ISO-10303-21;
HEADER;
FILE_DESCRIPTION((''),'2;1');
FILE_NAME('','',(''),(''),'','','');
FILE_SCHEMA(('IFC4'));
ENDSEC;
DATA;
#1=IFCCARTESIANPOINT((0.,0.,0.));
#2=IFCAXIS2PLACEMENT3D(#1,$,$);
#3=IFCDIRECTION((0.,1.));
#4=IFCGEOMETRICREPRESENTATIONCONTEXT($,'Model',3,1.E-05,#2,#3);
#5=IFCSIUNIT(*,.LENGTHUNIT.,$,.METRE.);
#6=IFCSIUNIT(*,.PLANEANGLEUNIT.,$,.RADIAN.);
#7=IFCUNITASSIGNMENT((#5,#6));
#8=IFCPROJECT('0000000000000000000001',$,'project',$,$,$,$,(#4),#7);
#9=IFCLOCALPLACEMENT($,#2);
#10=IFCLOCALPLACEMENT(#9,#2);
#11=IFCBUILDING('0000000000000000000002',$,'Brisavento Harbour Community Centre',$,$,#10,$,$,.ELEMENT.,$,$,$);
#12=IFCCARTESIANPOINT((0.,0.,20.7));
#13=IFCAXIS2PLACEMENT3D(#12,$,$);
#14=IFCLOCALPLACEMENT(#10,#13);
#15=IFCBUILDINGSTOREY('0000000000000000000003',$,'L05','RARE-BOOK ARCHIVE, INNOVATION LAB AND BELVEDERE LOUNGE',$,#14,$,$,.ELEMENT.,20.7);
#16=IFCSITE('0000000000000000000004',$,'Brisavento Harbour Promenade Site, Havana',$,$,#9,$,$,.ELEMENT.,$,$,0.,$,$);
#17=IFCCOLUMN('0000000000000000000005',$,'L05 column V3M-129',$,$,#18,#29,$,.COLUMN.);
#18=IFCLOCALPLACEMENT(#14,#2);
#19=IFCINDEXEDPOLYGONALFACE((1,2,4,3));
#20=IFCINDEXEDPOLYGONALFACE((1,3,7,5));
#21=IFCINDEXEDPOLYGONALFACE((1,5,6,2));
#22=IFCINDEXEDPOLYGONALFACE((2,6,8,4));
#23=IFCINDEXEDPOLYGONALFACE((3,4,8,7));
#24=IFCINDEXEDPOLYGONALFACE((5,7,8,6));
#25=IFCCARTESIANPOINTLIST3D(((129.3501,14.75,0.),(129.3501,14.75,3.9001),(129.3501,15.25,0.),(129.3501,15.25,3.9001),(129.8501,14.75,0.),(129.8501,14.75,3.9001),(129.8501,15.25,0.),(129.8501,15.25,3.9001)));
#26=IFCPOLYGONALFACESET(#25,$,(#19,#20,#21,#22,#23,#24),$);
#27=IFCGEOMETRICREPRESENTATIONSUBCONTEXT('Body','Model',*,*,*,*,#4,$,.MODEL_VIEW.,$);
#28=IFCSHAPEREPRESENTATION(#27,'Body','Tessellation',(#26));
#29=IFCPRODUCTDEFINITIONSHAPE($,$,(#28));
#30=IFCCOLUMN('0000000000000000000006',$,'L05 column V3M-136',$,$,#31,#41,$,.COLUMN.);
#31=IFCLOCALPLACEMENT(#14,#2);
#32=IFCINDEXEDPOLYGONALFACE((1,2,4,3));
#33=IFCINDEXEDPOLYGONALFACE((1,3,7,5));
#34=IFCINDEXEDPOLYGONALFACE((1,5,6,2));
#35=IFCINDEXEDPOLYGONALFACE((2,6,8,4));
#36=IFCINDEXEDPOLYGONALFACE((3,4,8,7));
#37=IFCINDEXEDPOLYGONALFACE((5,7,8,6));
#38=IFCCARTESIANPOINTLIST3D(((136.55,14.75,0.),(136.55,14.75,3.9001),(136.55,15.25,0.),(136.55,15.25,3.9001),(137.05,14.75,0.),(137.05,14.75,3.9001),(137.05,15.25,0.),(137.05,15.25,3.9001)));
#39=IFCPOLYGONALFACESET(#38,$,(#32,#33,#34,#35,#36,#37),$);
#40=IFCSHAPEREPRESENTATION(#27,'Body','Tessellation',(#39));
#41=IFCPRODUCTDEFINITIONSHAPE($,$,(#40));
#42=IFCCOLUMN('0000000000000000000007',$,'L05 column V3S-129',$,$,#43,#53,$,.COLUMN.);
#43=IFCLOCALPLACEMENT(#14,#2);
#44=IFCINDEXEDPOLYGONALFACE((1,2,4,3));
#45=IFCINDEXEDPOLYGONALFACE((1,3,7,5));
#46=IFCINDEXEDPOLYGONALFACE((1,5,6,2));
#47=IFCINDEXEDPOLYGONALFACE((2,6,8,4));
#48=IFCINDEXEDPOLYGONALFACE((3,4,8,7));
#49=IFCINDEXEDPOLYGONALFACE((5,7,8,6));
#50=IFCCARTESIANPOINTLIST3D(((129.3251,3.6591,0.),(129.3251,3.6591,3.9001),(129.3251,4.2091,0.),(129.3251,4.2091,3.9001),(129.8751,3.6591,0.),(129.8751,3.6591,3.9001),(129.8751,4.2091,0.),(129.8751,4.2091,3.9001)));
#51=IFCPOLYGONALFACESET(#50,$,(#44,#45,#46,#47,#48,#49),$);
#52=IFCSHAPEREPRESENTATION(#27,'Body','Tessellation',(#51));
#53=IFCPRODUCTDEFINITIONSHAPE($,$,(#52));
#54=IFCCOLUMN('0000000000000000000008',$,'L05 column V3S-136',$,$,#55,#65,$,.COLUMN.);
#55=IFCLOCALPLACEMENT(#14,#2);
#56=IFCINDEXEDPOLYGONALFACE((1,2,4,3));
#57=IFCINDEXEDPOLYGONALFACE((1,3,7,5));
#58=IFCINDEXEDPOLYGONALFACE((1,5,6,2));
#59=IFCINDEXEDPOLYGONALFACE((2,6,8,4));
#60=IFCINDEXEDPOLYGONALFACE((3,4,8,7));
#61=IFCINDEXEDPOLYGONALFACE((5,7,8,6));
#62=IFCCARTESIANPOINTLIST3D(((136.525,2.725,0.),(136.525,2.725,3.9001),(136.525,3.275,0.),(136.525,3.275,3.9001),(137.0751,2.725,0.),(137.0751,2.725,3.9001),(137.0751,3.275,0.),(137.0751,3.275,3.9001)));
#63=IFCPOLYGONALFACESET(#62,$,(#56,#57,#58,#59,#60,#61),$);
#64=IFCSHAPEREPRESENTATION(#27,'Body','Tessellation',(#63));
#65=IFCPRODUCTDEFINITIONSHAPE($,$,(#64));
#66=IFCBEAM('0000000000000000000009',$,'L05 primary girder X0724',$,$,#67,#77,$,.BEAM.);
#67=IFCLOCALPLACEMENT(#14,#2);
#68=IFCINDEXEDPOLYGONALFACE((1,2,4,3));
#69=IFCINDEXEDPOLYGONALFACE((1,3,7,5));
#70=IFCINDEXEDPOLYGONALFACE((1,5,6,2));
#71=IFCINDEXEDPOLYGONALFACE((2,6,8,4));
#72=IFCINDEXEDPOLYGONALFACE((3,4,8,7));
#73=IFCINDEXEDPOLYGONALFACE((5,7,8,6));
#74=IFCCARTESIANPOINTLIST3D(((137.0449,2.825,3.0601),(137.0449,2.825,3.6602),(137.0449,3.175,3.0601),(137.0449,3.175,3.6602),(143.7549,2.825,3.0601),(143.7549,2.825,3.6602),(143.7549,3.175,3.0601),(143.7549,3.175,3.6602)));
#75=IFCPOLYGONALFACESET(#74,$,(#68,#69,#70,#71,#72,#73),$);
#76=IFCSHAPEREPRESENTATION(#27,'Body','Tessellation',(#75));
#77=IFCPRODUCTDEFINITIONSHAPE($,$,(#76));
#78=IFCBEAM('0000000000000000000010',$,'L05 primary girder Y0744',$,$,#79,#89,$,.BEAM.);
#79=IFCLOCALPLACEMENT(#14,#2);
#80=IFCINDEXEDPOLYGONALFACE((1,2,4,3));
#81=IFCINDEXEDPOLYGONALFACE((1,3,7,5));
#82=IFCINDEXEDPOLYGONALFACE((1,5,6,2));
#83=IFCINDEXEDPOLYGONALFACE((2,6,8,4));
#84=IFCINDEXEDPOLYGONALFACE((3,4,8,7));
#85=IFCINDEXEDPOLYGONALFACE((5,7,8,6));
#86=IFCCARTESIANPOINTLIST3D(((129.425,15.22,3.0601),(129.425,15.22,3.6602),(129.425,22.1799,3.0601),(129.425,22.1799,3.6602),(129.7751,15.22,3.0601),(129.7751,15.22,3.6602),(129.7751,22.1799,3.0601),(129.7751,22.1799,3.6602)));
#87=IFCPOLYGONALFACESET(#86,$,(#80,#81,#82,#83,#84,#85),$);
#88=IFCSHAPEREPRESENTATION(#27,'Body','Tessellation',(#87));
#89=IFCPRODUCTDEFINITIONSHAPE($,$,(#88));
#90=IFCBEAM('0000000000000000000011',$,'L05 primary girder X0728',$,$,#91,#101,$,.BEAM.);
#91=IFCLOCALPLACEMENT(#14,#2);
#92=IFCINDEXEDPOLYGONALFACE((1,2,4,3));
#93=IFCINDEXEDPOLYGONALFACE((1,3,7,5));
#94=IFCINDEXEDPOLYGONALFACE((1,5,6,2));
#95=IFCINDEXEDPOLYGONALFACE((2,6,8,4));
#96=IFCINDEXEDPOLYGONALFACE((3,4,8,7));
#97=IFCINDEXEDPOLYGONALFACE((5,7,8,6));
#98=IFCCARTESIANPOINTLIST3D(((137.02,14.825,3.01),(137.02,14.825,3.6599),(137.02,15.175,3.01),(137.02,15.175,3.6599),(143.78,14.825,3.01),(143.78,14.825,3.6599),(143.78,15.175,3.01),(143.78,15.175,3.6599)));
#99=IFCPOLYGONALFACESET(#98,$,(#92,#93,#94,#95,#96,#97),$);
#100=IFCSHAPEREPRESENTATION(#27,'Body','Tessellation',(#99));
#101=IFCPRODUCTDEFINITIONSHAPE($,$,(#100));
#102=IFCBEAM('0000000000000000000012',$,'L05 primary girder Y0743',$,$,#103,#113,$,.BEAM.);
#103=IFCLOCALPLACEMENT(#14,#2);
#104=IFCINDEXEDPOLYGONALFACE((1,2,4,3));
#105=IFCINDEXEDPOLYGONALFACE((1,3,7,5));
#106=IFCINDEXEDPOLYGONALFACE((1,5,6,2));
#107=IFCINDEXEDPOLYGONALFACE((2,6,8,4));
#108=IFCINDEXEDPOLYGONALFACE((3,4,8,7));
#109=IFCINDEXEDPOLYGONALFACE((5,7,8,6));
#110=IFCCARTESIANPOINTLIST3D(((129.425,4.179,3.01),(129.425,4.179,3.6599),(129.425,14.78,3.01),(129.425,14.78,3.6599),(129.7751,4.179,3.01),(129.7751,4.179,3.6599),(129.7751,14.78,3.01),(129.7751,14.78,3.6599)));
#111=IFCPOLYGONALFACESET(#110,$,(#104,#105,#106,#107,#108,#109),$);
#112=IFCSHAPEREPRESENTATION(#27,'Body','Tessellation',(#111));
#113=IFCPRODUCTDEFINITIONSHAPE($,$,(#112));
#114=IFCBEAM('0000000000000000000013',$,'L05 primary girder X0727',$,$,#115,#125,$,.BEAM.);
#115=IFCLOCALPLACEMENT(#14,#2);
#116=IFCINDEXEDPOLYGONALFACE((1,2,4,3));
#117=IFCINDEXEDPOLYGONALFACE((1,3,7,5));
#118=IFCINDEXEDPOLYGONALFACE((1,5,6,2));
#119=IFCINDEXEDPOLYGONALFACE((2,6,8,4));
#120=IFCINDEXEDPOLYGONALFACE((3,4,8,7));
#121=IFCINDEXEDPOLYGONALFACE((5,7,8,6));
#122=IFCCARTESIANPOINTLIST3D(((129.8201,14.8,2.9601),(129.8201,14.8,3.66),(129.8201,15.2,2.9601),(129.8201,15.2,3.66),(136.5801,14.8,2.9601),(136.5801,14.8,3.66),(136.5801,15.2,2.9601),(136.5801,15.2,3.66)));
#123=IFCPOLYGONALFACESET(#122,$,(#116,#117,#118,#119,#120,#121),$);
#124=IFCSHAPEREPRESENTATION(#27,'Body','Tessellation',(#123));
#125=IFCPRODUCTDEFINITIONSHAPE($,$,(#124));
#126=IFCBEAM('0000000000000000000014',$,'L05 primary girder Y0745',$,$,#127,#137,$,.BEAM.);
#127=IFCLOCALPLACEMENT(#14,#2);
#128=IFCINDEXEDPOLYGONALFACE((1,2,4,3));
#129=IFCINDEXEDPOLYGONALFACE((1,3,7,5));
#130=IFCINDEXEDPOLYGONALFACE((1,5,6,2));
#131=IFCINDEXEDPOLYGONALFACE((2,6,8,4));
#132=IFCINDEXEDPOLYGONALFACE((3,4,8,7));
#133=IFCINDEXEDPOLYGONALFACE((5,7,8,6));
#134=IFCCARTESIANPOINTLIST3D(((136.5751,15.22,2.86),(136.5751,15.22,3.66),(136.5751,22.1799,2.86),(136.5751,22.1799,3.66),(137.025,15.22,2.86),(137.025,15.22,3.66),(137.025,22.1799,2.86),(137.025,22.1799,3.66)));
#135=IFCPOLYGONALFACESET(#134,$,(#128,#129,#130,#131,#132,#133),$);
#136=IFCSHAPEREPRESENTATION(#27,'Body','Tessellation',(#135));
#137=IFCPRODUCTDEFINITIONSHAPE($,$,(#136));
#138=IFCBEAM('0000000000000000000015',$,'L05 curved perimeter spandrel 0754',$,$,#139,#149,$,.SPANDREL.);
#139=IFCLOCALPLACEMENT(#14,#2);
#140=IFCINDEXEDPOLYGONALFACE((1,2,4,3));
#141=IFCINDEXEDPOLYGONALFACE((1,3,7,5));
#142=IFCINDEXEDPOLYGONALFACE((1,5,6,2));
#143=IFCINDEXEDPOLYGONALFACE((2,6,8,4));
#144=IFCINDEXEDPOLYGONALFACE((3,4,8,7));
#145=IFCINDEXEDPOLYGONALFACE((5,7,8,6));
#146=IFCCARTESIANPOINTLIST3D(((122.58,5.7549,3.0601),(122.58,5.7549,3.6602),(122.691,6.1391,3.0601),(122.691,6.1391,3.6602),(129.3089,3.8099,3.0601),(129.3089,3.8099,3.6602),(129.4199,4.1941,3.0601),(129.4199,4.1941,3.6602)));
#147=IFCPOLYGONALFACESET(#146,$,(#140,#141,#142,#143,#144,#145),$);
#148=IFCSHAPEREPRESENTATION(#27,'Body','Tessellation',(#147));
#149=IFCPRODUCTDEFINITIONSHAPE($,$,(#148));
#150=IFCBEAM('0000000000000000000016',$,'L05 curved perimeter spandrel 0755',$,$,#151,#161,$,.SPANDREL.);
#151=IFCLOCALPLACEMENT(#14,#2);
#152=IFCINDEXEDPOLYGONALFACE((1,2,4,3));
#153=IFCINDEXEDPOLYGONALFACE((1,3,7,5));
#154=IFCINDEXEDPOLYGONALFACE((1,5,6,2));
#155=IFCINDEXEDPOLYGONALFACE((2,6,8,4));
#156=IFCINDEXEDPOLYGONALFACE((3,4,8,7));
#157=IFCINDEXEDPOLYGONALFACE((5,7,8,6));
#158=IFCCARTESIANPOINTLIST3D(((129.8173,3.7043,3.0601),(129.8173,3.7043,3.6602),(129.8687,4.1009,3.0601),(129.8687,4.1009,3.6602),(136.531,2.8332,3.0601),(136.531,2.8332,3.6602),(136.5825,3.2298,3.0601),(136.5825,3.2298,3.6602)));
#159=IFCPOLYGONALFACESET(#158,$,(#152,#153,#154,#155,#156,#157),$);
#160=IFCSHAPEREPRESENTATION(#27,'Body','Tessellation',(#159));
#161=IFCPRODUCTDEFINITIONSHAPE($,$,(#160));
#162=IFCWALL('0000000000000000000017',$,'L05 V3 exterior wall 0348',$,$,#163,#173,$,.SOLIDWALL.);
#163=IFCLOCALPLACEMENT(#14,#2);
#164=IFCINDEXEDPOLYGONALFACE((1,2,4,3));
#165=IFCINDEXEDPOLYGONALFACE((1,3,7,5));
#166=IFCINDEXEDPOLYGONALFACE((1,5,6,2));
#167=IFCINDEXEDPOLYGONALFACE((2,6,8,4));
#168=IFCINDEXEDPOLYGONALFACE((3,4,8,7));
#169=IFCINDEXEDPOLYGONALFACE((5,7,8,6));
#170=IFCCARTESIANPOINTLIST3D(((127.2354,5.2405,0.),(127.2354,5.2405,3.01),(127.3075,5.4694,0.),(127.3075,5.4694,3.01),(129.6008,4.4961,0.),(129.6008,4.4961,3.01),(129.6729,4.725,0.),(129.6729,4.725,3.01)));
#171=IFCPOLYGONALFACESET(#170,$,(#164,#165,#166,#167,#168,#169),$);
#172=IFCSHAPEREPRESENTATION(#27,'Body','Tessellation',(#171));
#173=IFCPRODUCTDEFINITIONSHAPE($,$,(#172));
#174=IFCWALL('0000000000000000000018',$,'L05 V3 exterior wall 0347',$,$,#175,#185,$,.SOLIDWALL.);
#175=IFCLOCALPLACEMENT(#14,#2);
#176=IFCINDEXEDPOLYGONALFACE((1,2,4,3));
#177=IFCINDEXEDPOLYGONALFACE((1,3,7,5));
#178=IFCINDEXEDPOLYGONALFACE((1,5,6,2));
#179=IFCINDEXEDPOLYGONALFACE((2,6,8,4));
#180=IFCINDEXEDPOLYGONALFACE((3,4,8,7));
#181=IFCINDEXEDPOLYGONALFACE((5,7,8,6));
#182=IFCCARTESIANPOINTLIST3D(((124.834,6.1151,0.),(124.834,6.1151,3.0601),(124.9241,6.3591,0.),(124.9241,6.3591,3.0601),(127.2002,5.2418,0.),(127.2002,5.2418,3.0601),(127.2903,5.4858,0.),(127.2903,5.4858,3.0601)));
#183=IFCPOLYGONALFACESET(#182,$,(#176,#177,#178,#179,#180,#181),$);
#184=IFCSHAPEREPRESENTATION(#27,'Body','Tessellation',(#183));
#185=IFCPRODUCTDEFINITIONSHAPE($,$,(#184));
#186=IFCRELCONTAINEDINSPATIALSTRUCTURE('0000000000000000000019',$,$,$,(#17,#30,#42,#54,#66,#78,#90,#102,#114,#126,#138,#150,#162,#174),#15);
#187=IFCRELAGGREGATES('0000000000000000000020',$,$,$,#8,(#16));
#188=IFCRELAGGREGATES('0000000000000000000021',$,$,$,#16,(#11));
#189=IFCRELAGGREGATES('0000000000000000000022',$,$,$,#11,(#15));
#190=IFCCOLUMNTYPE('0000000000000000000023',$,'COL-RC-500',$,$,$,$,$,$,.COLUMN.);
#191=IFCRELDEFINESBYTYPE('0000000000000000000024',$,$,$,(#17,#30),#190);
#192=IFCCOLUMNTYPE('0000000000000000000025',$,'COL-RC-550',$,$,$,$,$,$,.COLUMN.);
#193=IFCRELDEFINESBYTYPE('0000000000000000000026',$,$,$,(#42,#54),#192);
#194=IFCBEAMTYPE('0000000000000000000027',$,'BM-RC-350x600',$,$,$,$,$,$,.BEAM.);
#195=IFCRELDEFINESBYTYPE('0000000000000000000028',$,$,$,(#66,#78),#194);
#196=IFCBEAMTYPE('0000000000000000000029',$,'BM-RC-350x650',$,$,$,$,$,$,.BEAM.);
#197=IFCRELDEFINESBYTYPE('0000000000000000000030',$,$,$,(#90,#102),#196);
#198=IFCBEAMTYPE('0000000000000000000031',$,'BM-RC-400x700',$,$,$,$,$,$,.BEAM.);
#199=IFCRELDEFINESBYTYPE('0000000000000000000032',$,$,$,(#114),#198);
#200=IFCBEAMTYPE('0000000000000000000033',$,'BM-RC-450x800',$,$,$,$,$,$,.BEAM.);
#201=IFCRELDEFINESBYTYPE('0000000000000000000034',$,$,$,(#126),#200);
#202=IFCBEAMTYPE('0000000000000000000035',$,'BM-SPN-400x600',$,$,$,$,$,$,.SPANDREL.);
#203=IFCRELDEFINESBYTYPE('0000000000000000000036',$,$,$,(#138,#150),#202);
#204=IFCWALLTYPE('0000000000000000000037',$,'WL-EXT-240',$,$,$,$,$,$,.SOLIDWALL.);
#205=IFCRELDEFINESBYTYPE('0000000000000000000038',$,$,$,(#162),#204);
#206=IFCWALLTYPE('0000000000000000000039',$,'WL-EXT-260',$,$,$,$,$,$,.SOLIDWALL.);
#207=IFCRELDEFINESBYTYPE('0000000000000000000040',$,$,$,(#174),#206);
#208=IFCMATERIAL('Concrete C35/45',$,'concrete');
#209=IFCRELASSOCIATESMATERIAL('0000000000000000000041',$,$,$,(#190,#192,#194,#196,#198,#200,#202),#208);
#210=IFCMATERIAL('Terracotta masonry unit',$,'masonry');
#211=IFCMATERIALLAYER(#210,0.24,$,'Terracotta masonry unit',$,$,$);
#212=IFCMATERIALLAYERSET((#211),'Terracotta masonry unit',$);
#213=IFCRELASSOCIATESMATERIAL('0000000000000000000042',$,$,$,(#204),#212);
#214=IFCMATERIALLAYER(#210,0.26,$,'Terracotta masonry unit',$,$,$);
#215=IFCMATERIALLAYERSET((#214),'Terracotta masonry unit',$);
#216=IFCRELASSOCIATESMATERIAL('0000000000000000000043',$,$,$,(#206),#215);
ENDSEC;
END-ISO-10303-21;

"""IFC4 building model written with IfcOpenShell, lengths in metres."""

from ifc_helpers import new_model, si_unit, direction, frame, frame_2d, origin, origin_2d, place, context, subcontext, project, spatial, rectangle, extrude, material, layer, layer_set, material_profile, profile_set, type_object, element, save


model = new_model("IFC4")

# Units and contexts
model_context = context("Model", 3, precision=1e-05, world=origin(), true_north=direction((0.0, 1.0)))
body_context = subcontext(model_context, "Body", "Model", "MODEL_VIEW")
ifc_project = project(units=[si_unit("LENGTHUNIT", "METRE"), si_unit("PLANEANGLEUNIT", "RADIAN")], contexts=[model_context])

# Site, building, storey
site_placement = place(None, origin())
site = spatial("IfcSite", under=ifc_project, at=site_placement, Name="Brisavento Harbour Promenade Site, Havana", CompositionType="ELEMENT", RefElevation=0.0)
building_placement = place(site_placement, origin())
building = spatial("IfcBuilding", under=site, at=building_placement, Name="Brisavento Harbour Community Centre", CompositionType="ELEMENT")
storey_placement = place(building_placement, frame((0.0, 0.0, 20.7)))
storey = spatial("IfcBuildingStorey", under=building, at=storey_placement, Name="L05", Description="RARE-BOOK ARCHIVE, INNOVATION LAB AND BELVEDERE LOUNGE", CompositionType="ELEMENT", Elevation=20.7)

# Columns
ifc_material_1 = material(Name="Concrete C35/45", Category="concrete")
ifc_material_profile_1 = material_profile(ifc_material_1, rectangle(XDim=0.5, YDim=0.5, at=origin_2d()), Name="Concrete C35/45")
ifc_profile_set_1 = profile_set([ifc_material_profile_1], Name="Concrete C35/45")
column_type_1 = type_object("IfcColumnType", Name="COL-RC-500", PredefinedType="COLUMN", material=ifc_profile_set_1)
for number, where, z_axis, x_axis, name in (
    (1, (129.6001, 15.0, 0.0), (0.0, 0.0, 1.0), (1.0, 0.0, 0.0), "L05 column V3M-129"),
    (2, (136.8, 15.0, 0.0), (0.0, 0.0, 1.0), (1.0, 0.0, 0.0), "L05 column V3M-136"),
):
    element("IfcColumn", number, at=place(storey_placement, frame(where, z_axis=z_axis, x_axis=x_axis)), inside=storey, type_object=column_type_1, Name=name, PredefinedType="COLUMN", context=body_context, shape_type="SweptSolid", body=[
        extrude(rectangle(XDim=0.5, YDim=0.5, at=origin_2d()), origin(), (0.0, 0.0, 1.0), 3.9001),
    ])
ifc_material_profile_2 = material_profile(ifc_material_1, rectangle(XDim=0.55, YDim=0.55, at=origin_2d()), Name="Concrete C35/45")
ifc_profile_set_2 = profile_set([ifc_material_profile_2], Name="Concrete C35/45")
column_type_2 = type_object("IfcColumnType", Name="COL-RC-550", PredefinedType="COLUMN", material=ifc_profile_set_2)
for number, where, z_axis, x_axis, name in (
    (3, (129.6001, 3.9341, 0.0), (0.0, 0.0, 1.0), (1.0, 0.0, 0.0), "L05 column V3S-129"),
    (4, (136.8, 3.0, 0.0), (0.0, 0.0, 1.0), (1.0, 0.0, 0.0), "L05 column V3S-136"),
):
    element("IfcColumn", number, at=place(storey_placement, frame(where, z_axis=z_axis, x_axis=x_axis)), inside=storey, type_object=column_type_2, Name=name, PredefinedType="COLUMN", context=body_context, shape_type="SweptSolid", body=[
        extrude(rectangle(XDim=0.55, YDim=0.55, at=origin_2d()), origin(), (0.0, 0.0, 1.0), 3.9001),
    ])

# Beams
ifc_material_profile_3 = material_profile(ifc_material_1, rectangle(XDim=0.3501, YDim=0.6001, at=origin_2d()), Name="Concrete C35/45")
ifc_profile_set_3 = profile_set([ifc_material_profile_3], Name="Concrete C35/45")
beam_type_1 = type_object("IfcBeamType", Name="BM-RC-350x600", PredefinedType="BEAM", material=ifc_profile_set_3)
beam_1_placement = place(storey_placement, frame((137.0449, 3.0, 3.3601), z_axis=(1.0, 0.0, 0.0), x_axis=(0.0, 1.0, 0.0)))
element("IfcBeam", 5, at=beam_1_placement, inside=storey, type_object=beam_type_1, Name="L05 primary girder X0724", PredefinedType="BEAM", context=body_context, shape_type="SweptSolid", body=[
    extrude(rectangle(XDim=0.3501, YDim=0.6001, at=origin_2d()), origin(), (0.0, 0.0, 1.0), 6.71),
])
beam_2_placement = place(storey_placement, frame((129.6001, 15.22, 3.3601), z_axis=(0.0, 1.0, 0.0), x_axis=(-1.0, 0.0, 0.0)))
element("IfcBeam", 6, at=beam_2_placement, inside=storey, type_object=beam_type_1, Name="L05 primary girder Y0744", PredefinedType="BEAM", context=body_context, shape_type="SweptSolid", body=[
    extrude(rectangle(XDim=0.3501, YDim=0.6001, at=origin_2d()), origin(), (0.0, 0.0, 1.0), 6.96),
])
ifc_material_profile_4 = material_profile(ifc_material_1, rectangle(XDim=0.3501, YDim=0.6499, at=origin_2d()), Name="Concrete C35/45")
ifc_profile_set_4 = profile_set([ifc_material_profile_4], Name="Concrete C35/45")
beam_type_2 = type_object("IfcBeamType", Name="BM-RC-350x650", PredefinedType="BEAM", material=ifc_profile_set_4)
beam_3_placement = place(storey_placement, frame((137.02, 15.0, 3.335), z_axis=(1.0, 0.0, 0.0), x_axis=(0.0, 1.0, 0.0)))
element("IfcBeam", 7, at=beam_3_placement, inside=storey, type_object=beam_type_2, Name="L05 primary girder X0728", PredefinedType="BEAM", context=body_context, shape_type="SweptSolid", body=[
    extrude(rectangle(XDim=0.3501, YDim=0.6499, at=origin_2d()), origin(), (0.0, 0.0, 1.0), 6.76),
])
beam_4_placement = place(storey_placement, frame((129.6001, 4.179, 3.335), z_axis=(0.0, 1.0, 0.0), x_axis=(-1.0, 0.0, 0.0)))
element("IfcBeam", 8, at=beam_4_placement, inside=storey, type_object=beam_type_2, Name="L05 primary girder Y0743", PredefinedType="BEAM", context=body_context, shape_type="SweptSolid", body=[
    extrude(rectangle(XDim=0.3501, YDim=0.6499, at=origin_2d()), origin(), (0.0, 0.0, 1.0), 10.6011),
])
ifc_material_profile_5 = material_profile(ifc_material_1, rectangle(XDim=0.3999, YDim=0.7, at=origin_2d()), Name="Concrete C35/45")
ifc_profile_set_5 = profile_set([ifc_material_profile_5], Name="Concrete C35/45")
beam_type_3 = type_object("IfcBeamType", Name="BM-RC-400x700", PredefinedType="BEAM", material=ifc_profile_set_5)
beam_5_placement = place(storey_placement, frame((129.8201, 15.0, 3.3101), z_axis=(1.0, 0.0, 0.0), x_axis=(0.0, 1.0, 0.0)))
element("IfcBeam", 9, at=beam_5_placement, inside=storey, type_object=beam_type_3, Name="L05 primary girder X0727", PredefinedType="BEAM", context=body_context, shape_type="SweptSolid", body=[
    extrude(rectangle(XDim=0.3999, YDim=0.7, at=origin_2d()), origin(), (0.0, 0.0, 1.0), 6.76),
])
ifc_material_profile_6 = material_profile(ifc_material_1, rectangle(XDim=0.45, YDim=0.8, at=origin_2d()), Name="Concrete C35/45")
ifc_profile_set_6 = profile_set([ifc_material_profile_6], Name="Concrete C35/45")
beam_type_4 = type_object("IfcBeamType", Name="BM-RC-450x800", PredefinedType="BEAM", material=ifc_profile_set_6)
beam_6_placement = place(storey_placement, frame((136.8, 15.22, 3.26), z_axis=(0.0, 1.0, 0.0), x_axis=(-1.0, 0.0, 0.0)))
element("IfcBeam", 10, at=beam_6_placement, inside=storey, type_object=beam_type_4, Name="L05 primary girder Y0745", PredefinedType="BEAM", context=body_context, shape_type="SweptSolid", body=[
    extrude(rectangle(XDim=0.45, YDim=0.8, at=origin_2d()), origin(), (0.0, 0.0, 1.0), 6.96),
])
ifc_material_profile_7 = material_profile(ifc_material_1, rectangle(XDim=0.3999, YDim=0.6001, at=origin_2d()), Name="Concrete C35/45")
ifc_profile_set_7 = profile_set([ifc_material_profile_7], Name="Concrete C35/45")
beam_type_5 = type_object("IfcBeamType", Name="BM-SPN-400x600", PredefinedType="SPANDREL", material=ifc_profile_set_7)
beam_7_placement = place(storey_placement, frame((122.6355, 5.947, 3.3601), z_axis=(0.960671, -0.277689, 0.0), x_axis=(0.277689, 0.960671, 0.0)))
element("IfcBeam", 11, at=beam_7_placement, inside=storey, type_object=beam_type_5, Name="L05 curved perimeter spandrel 0754", PredefinedType="SPANDREL", context=body_context, shape_type="SweptSolid", body=[
    extrude(rectangle(XDim=0.3999, YDim=0.6001, at=origin_2d()), origin(), (0.0, 0.0, 1.0), 7.0044),
])
beam_8_placement = place(storey_placement, frame((129.843, 3.9026, 3.3601), z_axis=(0.991688, -0.128667, 0.0), x_axis=(0.128667, 0.991688, 0.0)))
element("IfcBeam", 12, at=beam_8_placement, inside=storey, type_object=beam_type_5, Name="L05 curved perimeter spandrel 0755", PredefinedType="SPANDREL", context=body_context, shape_type="SweptSolid", body=[
    extrude(rectangle(XDim=0.3999, YDim=0.6001, at=origin_2d()), origin(), (0.0, 0.0, 1.0), 6.77),
])

# Walls
ifc_material_2 = material(Name="Terracotta masonry unit", Category="masonry")
ifc_layer_1 = layer(ifc_material_2, 0.24, Name="Terracotta masonry unit")
ifc_layer_set_1 = layer_set([ifc_layer_1], Name="Terracotta masonry unit")
wall_type_1 = type_object("IfcWallType", Name="WL-EXT-240", PredefinedType="SOLIDWALL", material=ifc_layer_set_1)
wall_1_placement = place(storey_placement, frame((129.6367, 4.6106, 0.0), z_axis=(0.0, 0.0, 1.0), x_axis=(-0.953884, 0.300175, 0.0)))
element("IfcWall", 13, at=wall_1_placement, inside=storey, type_object=wall_type_1, Name="L05 V3 exterior wall 0348", PredefinedType="SOLIDWALL", context=body_context, shape_type="SweptSolid", body=[
    extrude(rectangle(XDim=2.4797, YDim=0.24, at=frame_2d((1.2397, 0.0))), origin(), (0.0, 0.0, 1.0), 3.01),
])
ifc_layer_2 = layer(ifc_material_2, 0.26, Name="Terracotta masonry unit")
ifc_layer_set_2 = layer_set([ifc_layer_2], Name="Terracotta masonry unit")
wall_type_2 = type_object("IfcWallType", Name="WL-EXT-260", PredefinedType="SOLIDWALL", material=ifc_layer_set_2)
wall_2_placement = place(storey_placement, frame((127.2454, 5.3638, 0.0), z_axis=(0.0, 0.0, 1.0), x_axis=(-0.938146, 0.346239, 0.0)))
element("IfcWall", 14, at=wall_2_placement, inside=storey, type_object=wall_type_2, Name="L05 V3 exterior wall 0347", PredefinedType="SOLIDWALL", context=body_context, shape_type="SweptSolid", body=[
    extrude(rectangle(XDim=2.5222, YDim=0.26, at=frame_2d((1.2612, 0.0))), origin(), (0.0, 0.0, 1.0), 3.0601),
])

save(model, "model.ifc")
